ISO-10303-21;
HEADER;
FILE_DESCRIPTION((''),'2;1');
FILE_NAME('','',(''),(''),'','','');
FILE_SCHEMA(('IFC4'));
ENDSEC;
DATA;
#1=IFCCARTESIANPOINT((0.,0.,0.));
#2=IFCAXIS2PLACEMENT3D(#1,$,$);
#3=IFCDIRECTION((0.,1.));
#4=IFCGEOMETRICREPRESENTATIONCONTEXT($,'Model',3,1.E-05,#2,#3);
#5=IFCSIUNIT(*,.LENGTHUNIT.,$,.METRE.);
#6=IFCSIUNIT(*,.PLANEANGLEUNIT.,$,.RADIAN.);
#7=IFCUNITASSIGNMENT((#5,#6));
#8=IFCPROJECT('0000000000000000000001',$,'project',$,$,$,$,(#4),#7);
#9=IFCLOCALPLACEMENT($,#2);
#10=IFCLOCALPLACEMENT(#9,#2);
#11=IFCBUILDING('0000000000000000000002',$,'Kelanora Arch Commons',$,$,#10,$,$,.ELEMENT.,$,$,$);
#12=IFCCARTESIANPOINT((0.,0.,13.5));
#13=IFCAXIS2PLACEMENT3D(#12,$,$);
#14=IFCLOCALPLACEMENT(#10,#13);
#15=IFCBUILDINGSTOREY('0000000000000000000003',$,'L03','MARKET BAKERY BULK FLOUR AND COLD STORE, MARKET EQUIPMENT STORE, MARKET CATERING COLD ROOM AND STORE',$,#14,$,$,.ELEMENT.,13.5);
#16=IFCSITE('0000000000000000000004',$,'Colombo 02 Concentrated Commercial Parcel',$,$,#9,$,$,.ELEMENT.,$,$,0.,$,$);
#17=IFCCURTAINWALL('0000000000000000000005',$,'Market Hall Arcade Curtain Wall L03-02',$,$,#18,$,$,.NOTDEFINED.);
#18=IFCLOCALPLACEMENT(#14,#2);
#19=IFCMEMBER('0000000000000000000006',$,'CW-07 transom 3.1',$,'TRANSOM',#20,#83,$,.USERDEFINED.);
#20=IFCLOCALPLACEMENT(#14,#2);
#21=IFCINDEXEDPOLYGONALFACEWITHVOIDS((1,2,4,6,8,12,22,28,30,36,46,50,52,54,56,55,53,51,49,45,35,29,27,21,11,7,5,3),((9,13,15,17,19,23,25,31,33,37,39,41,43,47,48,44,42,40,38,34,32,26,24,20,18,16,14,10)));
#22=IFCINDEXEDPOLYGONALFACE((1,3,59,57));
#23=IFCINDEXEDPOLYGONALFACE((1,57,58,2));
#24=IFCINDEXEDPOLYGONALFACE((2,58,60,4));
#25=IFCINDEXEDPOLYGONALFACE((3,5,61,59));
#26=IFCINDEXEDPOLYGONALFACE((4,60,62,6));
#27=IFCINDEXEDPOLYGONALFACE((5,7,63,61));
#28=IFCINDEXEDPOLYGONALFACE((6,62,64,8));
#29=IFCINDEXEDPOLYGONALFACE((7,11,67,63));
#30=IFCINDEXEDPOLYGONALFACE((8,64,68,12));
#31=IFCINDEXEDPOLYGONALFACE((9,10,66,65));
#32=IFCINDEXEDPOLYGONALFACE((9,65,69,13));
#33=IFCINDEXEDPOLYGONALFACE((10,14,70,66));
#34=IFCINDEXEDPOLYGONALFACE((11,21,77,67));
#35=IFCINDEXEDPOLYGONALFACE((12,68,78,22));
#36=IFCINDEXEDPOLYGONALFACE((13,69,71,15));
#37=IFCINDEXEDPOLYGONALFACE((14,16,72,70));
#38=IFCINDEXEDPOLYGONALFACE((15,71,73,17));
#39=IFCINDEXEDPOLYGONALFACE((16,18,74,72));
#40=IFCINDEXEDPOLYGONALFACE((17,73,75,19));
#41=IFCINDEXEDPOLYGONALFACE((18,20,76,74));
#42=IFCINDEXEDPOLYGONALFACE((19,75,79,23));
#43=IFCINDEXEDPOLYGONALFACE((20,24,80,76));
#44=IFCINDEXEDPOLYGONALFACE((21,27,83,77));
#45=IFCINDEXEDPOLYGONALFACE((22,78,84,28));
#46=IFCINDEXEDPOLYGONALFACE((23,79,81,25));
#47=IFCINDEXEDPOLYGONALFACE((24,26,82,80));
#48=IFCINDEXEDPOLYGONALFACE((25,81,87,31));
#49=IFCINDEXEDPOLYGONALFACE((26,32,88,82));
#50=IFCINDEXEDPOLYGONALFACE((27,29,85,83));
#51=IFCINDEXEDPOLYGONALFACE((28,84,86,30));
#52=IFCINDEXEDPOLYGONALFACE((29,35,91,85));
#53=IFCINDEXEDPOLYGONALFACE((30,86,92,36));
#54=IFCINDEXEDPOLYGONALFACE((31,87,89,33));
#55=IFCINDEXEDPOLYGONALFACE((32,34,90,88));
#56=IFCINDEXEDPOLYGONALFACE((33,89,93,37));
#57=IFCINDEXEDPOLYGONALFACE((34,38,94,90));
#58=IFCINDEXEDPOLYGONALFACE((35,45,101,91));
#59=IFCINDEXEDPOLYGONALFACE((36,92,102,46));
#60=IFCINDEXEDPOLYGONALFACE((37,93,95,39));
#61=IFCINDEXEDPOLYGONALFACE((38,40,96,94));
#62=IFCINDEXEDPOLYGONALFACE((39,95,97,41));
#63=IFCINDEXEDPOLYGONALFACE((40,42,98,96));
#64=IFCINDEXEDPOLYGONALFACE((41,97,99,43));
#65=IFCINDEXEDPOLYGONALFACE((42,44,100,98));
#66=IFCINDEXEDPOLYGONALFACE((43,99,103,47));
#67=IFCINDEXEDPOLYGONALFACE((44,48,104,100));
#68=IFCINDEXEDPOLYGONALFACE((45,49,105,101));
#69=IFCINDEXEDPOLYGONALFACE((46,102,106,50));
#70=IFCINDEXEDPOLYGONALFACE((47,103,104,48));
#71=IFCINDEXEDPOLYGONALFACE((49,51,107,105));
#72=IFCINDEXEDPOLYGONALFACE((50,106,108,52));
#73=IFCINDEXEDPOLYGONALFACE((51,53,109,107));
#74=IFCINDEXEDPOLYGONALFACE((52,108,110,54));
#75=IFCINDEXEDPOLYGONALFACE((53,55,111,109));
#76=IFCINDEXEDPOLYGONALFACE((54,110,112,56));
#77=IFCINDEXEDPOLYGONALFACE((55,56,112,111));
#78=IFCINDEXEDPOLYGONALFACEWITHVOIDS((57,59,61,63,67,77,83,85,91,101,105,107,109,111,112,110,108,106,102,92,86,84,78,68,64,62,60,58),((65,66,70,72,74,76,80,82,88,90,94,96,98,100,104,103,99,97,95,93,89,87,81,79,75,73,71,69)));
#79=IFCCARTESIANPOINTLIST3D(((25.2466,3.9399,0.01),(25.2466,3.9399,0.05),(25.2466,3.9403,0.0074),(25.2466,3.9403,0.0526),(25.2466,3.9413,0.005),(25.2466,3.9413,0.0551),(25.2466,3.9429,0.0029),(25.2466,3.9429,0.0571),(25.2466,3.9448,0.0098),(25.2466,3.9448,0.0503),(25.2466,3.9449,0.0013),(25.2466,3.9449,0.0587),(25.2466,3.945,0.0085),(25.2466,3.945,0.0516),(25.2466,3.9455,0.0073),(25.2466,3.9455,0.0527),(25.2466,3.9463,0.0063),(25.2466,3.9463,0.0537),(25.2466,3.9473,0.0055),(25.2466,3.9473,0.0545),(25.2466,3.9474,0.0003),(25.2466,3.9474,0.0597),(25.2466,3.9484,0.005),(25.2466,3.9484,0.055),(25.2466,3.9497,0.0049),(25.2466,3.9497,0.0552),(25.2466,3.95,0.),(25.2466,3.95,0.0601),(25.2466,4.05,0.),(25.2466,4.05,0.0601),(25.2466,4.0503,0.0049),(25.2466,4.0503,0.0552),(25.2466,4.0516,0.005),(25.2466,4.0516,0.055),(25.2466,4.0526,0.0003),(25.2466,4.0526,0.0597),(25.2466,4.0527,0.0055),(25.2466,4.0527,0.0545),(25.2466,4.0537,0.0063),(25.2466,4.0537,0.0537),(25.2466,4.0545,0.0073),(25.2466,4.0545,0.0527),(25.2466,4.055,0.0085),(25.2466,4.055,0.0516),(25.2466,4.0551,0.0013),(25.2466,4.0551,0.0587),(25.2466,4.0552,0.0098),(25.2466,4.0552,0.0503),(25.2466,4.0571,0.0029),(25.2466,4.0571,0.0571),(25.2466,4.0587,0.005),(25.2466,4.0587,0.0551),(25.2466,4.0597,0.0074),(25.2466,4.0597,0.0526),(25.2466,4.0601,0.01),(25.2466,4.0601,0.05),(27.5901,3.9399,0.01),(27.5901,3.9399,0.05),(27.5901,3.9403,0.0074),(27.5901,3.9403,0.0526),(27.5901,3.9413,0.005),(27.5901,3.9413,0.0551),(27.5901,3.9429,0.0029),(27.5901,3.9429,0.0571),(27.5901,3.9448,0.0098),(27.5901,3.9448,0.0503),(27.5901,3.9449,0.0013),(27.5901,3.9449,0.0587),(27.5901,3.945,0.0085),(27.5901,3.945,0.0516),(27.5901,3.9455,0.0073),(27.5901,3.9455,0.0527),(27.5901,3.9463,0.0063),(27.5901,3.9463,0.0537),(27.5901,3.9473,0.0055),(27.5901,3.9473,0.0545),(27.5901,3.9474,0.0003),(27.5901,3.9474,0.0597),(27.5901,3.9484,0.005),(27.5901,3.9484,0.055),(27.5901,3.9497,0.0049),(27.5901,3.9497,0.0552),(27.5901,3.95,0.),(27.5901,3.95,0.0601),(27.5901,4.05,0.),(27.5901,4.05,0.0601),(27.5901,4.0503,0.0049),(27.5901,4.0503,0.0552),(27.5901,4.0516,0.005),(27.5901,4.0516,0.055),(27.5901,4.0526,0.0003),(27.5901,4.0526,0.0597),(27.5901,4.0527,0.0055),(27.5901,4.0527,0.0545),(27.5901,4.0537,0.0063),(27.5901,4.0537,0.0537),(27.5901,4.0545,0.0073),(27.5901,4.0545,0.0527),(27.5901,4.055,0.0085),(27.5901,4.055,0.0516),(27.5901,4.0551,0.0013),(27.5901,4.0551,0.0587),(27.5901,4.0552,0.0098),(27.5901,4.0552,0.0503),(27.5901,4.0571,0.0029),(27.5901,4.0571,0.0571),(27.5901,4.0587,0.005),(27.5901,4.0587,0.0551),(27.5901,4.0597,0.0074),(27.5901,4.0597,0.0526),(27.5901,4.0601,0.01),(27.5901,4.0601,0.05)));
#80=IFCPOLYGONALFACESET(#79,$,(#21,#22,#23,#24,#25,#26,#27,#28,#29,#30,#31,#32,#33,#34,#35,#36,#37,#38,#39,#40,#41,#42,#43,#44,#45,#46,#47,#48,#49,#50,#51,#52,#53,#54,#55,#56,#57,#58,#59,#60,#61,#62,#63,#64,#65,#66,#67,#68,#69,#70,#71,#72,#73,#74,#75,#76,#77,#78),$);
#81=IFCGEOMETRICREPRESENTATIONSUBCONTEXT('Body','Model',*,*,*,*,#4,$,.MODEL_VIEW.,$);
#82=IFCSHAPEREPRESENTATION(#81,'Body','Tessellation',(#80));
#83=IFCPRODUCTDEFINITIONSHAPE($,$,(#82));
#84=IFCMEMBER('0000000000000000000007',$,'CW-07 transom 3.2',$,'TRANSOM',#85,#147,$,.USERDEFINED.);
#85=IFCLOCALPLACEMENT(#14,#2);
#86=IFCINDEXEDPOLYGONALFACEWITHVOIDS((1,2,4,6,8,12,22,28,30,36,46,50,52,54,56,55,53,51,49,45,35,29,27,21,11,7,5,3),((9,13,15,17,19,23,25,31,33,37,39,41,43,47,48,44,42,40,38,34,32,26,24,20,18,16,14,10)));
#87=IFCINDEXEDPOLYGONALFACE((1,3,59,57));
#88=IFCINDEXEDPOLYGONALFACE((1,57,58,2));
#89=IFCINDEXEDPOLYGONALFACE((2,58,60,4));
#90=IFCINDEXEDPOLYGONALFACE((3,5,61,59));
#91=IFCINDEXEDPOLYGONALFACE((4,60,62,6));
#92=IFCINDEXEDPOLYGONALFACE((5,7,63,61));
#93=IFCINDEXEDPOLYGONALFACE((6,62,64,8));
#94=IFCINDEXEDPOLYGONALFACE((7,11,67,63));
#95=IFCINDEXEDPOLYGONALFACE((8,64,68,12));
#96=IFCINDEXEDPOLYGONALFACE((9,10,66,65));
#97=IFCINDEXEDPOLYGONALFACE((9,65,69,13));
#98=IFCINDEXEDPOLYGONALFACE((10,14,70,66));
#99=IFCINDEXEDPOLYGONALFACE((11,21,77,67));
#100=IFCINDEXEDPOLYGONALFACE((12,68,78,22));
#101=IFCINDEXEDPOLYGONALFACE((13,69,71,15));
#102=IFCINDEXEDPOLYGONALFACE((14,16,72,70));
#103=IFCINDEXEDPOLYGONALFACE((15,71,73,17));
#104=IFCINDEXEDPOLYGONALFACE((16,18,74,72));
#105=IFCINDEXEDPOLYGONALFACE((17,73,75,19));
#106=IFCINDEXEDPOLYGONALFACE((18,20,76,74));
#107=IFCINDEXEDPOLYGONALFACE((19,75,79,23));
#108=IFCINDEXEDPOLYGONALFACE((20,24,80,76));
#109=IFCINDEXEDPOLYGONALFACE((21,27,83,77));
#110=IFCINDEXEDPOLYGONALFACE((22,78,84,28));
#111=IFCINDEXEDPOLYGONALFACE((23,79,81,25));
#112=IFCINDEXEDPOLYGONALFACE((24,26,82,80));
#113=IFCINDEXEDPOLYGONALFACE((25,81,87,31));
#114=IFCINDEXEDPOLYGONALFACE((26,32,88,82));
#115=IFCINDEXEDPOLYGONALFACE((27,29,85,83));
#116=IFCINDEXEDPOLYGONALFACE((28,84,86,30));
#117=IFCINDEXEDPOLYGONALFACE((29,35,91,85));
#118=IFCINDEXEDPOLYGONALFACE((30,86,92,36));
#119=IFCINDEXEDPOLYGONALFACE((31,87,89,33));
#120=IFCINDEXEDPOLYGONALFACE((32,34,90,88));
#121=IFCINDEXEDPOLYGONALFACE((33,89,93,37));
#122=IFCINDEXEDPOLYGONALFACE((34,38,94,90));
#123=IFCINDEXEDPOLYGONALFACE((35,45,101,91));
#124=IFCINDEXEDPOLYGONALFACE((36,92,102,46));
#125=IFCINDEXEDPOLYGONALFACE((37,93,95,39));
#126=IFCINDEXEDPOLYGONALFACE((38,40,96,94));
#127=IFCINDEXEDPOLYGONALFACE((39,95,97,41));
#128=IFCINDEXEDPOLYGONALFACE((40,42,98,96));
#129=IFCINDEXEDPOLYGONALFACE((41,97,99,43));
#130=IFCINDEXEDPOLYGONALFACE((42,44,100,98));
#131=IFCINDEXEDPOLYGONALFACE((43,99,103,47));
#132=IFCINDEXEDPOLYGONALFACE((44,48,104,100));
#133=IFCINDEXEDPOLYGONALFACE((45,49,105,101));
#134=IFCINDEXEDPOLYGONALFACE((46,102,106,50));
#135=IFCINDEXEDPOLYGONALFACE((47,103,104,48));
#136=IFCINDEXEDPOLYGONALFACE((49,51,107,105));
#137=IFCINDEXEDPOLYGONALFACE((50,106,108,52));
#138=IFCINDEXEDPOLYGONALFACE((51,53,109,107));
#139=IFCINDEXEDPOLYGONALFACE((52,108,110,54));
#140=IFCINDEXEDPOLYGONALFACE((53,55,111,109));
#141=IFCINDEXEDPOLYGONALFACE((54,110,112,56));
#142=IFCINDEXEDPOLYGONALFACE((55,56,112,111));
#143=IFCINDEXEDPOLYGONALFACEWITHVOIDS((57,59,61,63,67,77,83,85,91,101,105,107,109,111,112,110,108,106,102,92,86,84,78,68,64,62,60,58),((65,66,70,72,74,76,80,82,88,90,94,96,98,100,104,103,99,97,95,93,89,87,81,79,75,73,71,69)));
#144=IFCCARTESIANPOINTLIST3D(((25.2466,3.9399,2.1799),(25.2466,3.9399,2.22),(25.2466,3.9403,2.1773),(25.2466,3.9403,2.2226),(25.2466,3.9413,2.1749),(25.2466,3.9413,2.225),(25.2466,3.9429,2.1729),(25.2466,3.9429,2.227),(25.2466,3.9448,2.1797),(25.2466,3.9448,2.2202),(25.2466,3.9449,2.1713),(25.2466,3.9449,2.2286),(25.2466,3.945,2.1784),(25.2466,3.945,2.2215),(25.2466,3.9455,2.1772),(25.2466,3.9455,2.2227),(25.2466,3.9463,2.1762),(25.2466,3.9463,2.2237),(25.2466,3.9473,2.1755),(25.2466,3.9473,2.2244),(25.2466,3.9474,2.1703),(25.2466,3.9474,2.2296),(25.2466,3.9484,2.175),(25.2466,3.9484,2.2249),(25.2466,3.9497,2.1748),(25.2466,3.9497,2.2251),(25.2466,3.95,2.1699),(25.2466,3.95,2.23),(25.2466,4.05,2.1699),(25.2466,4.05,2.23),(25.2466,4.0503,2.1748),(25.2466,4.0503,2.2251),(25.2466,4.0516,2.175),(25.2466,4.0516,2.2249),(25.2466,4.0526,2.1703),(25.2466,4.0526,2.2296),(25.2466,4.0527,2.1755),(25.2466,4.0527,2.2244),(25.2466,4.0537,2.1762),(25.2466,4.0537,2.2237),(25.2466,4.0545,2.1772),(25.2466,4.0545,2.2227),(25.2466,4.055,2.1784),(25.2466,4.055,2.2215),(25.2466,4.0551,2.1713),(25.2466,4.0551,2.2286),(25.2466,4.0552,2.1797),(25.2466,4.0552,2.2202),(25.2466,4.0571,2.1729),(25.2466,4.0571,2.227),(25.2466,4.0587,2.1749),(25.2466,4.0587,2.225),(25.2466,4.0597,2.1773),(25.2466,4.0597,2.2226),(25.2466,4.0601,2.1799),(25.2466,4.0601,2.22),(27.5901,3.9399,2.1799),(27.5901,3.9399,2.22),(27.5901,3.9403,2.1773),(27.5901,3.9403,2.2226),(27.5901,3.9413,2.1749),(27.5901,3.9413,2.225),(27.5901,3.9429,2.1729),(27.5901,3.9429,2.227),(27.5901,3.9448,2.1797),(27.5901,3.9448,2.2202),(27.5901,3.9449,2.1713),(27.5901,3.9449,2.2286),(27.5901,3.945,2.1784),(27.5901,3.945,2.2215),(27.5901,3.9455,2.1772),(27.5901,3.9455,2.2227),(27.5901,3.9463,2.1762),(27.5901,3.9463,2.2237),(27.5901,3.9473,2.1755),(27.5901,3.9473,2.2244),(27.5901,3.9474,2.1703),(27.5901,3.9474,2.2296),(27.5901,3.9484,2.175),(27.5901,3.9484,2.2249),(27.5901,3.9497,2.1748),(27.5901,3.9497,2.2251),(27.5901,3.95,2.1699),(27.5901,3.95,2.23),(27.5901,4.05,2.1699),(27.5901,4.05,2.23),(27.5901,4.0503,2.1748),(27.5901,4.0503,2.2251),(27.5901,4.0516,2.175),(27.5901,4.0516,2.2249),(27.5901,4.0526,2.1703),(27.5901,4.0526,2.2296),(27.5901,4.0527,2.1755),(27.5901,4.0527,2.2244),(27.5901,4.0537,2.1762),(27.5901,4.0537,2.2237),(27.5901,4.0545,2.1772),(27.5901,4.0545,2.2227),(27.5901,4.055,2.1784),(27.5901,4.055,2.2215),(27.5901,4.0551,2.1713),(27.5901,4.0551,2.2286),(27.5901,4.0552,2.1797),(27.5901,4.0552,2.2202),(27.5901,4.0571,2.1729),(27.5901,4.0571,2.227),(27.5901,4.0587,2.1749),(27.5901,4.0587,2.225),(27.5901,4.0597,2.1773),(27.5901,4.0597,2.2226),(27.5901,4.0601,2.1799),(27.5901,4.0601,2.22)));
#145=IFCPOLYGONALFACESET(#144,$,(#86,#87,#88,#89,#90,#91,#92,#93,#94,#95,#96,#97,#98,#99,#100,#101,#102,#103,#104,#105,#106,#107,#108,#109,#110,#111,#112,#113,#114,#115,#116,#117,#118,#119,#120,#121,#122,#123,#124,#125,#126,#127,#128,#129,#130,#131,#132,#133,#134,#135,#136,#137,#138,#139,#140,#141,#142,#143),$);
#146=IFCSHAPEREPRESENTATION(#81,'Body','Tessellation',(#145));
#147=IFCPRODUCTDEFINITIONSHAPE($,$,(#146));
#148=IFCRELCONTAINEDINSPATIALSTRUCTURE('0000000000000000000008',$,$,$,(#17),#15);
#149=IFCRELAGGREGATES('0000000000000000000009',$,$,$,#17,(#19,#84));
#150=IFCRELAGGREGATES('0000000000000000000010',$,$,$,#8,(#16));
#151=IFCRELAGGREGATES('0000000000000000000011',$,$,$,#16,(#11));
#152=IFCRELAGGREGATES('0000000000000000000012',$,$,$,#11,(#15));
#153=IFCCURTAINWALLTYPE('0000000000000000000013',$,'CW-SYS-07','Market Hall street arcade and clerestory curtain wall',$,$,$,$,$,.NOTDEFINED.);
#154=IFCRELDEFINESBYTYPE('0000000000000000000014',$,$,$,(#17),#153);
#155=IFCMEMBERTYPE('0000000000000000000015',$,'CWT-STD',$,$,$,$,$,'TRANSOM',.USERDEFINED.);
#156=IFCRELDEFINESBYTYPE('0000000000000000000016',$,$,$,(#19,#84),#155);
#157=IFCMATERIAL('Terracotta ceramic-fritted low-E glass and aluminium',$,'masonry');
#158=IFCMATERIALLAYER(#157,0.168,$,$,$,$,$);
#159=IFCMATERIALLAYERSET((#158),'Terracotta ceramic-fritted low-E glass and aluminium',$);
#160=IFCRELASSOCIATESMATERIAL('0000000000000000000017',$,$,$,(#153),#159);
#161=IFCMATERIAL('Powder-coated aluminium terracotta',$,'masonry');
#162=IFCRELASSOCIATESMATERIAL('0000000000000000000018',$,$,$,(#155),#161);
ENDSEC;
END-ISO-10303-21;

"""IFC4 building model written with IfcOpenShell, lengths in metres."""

from ifc_helpers import new_model, si_unit, direction, frame, origin, origin_2d, place, context, subcontext, project, spatial, hollow_rectangle, extrude, material, layer, layer_set, material_profile, profile_set, type_object, element, aggregate, save


model = new_model("IFC4")

# Units and contexts
model_context = context("Model", 3, precision=1e-05, world=origin(), true_north=direction((0.0, 1.0)))
body_context = subcontext(model_context, "Body", "Model", "MODEL_VIEW")
ifc_project = project(units=[si_unit("LENGTHUNIT", "METRE"), si_unit("PLANEANGLEUNIT", "RADIAN")], contexts=[model_context])

# Site, building, storey
site_placement = place(None, origin())
site = spatial("IfcSite", under=ifc_project, at=site_placement, Name="Colombo 02 Concentrated Commercial Parcel", CompositionType="ELEMENT", RefElevation=0.0)
building_placement = place(site_placement, origin())
building = spatial("IfcBuilding", under=site, at=building_placement, Name="Kelanora Arch Commons", CompositionType="ELEMENT")
storey_placement = place(building_placement, frame((0.0, 0.0, 13.5)))
storey = spatial("IfcBuildingStorey", under=building, at=storey_placement, Name="L03", Description="MARKET BAKERY BULK FLOUR AND COLD STORE, MARKET EQUIPMENT STORE, MARKET CATERING COLD ROOM AND STORE", CompositionType="ELEMENT", Elevation=13.5)

# Curtain wall, members
ifc_material_1 = material(Name="Terracotta ceramic-fritted low-E glass and aluminium", Category="masonry")
ifc_layer_1 = layer(ifc_material_1, 0.168)
ifc_layer_set_1 = layer_set([ifc_layer_1], Name="Terracotta ceramic-fritted low-E glass and aluminium")
curtain_wall_type = type_object("IfcCurtainWallType", Name="CW-SYS-07", Description="Market Hall street arcade and clerestory curtain wall", PredefinedType="NOTDEFINED", material=ifc_layer_set_1)
curtain_wall_placement = place(storey_placement, origin())
curtain_wall = element("IfcCurtainWall", 1, at=curtain_wall_placement, inside=storey, type_object=curtain_wall_type, Name="Market Hall Arcade Curtain Wall L03-02", PredefinedType="NOTDEFINED")
ifc_material_2 = material(Name="Powder-coated aluminium terracotta", Category="masonry")
ifc_material_profile_1 = material_profile(ifc_material_2, hollow_rectangle(XDim=0.1201, YDim=0.0601, WallThickness=0.0049, InnerFilletRadius=0.0049, OuterFilletRadius=0.01, at=origin_2d()), Name="CWT120x60")
ifc_profile_set_1 = profile_set([ifc_material_profile_1], Name="Powder-coated aluminium terracotta")
member_type_1 = type_object("IfcMemberType", Name="CWT-STD", ElementType="TRANSOM", PredefinedType="USERDEFINED", material=ifc_profile_set_1)
member_1_placement = place(storey_placement, frame((25.2466, 4.0, 0.03), z_axis=(1.0, 0.0, 0.0), x_axis=(0.0, 1.0, 0.0)))
member_1 = element("IfcMember", 2, at=member_1_placement, type_object=member_type_1, Name="CW-07 transom 3.1", ObjectType="TRANSOM", PredefinedType="USERDEFINED", context=body_context, shape_type="SweptSolid", body=[
    extrude(hollow_rectangle(XDim=0.1201, YDim=0.0601, WallThickness=0.0049, InnerFilletRadius=0.0049, OuterFilletRadius=0.01, at=origin_2d()), origin(), (0.0, 0.0, 1.0), 2.3435),
])
member_2_placement = place(storey_placement, frame((25.2466, 4.0, 2.2), z_axis=(1.0, 0.0, 0.0), x_axis=(0.0, 1.0, 0.0)))
member_2 = element("IfcMember", 3, at=member_2_placement, type_object=member_type_1, Name="CW-07 transom 3.2", ObjectType="TRANSOM", PredefinedType="USERDEFINED", context=body_context, shape_type="SweptSolid", body=[
    extrude(hollow_rectangle(XDim=0.1201, YDim=0.0601, WallThickness=0.0049, InnerFilletRadius=0.0049, OuterFilletRadius=0.01, at=origin_2d()), origin(), (0.0, 0.0, 1.0), 2.3435),
])
aggregate(curtain_wall, [member_1, member_2])

save(model, "model.ifc")
